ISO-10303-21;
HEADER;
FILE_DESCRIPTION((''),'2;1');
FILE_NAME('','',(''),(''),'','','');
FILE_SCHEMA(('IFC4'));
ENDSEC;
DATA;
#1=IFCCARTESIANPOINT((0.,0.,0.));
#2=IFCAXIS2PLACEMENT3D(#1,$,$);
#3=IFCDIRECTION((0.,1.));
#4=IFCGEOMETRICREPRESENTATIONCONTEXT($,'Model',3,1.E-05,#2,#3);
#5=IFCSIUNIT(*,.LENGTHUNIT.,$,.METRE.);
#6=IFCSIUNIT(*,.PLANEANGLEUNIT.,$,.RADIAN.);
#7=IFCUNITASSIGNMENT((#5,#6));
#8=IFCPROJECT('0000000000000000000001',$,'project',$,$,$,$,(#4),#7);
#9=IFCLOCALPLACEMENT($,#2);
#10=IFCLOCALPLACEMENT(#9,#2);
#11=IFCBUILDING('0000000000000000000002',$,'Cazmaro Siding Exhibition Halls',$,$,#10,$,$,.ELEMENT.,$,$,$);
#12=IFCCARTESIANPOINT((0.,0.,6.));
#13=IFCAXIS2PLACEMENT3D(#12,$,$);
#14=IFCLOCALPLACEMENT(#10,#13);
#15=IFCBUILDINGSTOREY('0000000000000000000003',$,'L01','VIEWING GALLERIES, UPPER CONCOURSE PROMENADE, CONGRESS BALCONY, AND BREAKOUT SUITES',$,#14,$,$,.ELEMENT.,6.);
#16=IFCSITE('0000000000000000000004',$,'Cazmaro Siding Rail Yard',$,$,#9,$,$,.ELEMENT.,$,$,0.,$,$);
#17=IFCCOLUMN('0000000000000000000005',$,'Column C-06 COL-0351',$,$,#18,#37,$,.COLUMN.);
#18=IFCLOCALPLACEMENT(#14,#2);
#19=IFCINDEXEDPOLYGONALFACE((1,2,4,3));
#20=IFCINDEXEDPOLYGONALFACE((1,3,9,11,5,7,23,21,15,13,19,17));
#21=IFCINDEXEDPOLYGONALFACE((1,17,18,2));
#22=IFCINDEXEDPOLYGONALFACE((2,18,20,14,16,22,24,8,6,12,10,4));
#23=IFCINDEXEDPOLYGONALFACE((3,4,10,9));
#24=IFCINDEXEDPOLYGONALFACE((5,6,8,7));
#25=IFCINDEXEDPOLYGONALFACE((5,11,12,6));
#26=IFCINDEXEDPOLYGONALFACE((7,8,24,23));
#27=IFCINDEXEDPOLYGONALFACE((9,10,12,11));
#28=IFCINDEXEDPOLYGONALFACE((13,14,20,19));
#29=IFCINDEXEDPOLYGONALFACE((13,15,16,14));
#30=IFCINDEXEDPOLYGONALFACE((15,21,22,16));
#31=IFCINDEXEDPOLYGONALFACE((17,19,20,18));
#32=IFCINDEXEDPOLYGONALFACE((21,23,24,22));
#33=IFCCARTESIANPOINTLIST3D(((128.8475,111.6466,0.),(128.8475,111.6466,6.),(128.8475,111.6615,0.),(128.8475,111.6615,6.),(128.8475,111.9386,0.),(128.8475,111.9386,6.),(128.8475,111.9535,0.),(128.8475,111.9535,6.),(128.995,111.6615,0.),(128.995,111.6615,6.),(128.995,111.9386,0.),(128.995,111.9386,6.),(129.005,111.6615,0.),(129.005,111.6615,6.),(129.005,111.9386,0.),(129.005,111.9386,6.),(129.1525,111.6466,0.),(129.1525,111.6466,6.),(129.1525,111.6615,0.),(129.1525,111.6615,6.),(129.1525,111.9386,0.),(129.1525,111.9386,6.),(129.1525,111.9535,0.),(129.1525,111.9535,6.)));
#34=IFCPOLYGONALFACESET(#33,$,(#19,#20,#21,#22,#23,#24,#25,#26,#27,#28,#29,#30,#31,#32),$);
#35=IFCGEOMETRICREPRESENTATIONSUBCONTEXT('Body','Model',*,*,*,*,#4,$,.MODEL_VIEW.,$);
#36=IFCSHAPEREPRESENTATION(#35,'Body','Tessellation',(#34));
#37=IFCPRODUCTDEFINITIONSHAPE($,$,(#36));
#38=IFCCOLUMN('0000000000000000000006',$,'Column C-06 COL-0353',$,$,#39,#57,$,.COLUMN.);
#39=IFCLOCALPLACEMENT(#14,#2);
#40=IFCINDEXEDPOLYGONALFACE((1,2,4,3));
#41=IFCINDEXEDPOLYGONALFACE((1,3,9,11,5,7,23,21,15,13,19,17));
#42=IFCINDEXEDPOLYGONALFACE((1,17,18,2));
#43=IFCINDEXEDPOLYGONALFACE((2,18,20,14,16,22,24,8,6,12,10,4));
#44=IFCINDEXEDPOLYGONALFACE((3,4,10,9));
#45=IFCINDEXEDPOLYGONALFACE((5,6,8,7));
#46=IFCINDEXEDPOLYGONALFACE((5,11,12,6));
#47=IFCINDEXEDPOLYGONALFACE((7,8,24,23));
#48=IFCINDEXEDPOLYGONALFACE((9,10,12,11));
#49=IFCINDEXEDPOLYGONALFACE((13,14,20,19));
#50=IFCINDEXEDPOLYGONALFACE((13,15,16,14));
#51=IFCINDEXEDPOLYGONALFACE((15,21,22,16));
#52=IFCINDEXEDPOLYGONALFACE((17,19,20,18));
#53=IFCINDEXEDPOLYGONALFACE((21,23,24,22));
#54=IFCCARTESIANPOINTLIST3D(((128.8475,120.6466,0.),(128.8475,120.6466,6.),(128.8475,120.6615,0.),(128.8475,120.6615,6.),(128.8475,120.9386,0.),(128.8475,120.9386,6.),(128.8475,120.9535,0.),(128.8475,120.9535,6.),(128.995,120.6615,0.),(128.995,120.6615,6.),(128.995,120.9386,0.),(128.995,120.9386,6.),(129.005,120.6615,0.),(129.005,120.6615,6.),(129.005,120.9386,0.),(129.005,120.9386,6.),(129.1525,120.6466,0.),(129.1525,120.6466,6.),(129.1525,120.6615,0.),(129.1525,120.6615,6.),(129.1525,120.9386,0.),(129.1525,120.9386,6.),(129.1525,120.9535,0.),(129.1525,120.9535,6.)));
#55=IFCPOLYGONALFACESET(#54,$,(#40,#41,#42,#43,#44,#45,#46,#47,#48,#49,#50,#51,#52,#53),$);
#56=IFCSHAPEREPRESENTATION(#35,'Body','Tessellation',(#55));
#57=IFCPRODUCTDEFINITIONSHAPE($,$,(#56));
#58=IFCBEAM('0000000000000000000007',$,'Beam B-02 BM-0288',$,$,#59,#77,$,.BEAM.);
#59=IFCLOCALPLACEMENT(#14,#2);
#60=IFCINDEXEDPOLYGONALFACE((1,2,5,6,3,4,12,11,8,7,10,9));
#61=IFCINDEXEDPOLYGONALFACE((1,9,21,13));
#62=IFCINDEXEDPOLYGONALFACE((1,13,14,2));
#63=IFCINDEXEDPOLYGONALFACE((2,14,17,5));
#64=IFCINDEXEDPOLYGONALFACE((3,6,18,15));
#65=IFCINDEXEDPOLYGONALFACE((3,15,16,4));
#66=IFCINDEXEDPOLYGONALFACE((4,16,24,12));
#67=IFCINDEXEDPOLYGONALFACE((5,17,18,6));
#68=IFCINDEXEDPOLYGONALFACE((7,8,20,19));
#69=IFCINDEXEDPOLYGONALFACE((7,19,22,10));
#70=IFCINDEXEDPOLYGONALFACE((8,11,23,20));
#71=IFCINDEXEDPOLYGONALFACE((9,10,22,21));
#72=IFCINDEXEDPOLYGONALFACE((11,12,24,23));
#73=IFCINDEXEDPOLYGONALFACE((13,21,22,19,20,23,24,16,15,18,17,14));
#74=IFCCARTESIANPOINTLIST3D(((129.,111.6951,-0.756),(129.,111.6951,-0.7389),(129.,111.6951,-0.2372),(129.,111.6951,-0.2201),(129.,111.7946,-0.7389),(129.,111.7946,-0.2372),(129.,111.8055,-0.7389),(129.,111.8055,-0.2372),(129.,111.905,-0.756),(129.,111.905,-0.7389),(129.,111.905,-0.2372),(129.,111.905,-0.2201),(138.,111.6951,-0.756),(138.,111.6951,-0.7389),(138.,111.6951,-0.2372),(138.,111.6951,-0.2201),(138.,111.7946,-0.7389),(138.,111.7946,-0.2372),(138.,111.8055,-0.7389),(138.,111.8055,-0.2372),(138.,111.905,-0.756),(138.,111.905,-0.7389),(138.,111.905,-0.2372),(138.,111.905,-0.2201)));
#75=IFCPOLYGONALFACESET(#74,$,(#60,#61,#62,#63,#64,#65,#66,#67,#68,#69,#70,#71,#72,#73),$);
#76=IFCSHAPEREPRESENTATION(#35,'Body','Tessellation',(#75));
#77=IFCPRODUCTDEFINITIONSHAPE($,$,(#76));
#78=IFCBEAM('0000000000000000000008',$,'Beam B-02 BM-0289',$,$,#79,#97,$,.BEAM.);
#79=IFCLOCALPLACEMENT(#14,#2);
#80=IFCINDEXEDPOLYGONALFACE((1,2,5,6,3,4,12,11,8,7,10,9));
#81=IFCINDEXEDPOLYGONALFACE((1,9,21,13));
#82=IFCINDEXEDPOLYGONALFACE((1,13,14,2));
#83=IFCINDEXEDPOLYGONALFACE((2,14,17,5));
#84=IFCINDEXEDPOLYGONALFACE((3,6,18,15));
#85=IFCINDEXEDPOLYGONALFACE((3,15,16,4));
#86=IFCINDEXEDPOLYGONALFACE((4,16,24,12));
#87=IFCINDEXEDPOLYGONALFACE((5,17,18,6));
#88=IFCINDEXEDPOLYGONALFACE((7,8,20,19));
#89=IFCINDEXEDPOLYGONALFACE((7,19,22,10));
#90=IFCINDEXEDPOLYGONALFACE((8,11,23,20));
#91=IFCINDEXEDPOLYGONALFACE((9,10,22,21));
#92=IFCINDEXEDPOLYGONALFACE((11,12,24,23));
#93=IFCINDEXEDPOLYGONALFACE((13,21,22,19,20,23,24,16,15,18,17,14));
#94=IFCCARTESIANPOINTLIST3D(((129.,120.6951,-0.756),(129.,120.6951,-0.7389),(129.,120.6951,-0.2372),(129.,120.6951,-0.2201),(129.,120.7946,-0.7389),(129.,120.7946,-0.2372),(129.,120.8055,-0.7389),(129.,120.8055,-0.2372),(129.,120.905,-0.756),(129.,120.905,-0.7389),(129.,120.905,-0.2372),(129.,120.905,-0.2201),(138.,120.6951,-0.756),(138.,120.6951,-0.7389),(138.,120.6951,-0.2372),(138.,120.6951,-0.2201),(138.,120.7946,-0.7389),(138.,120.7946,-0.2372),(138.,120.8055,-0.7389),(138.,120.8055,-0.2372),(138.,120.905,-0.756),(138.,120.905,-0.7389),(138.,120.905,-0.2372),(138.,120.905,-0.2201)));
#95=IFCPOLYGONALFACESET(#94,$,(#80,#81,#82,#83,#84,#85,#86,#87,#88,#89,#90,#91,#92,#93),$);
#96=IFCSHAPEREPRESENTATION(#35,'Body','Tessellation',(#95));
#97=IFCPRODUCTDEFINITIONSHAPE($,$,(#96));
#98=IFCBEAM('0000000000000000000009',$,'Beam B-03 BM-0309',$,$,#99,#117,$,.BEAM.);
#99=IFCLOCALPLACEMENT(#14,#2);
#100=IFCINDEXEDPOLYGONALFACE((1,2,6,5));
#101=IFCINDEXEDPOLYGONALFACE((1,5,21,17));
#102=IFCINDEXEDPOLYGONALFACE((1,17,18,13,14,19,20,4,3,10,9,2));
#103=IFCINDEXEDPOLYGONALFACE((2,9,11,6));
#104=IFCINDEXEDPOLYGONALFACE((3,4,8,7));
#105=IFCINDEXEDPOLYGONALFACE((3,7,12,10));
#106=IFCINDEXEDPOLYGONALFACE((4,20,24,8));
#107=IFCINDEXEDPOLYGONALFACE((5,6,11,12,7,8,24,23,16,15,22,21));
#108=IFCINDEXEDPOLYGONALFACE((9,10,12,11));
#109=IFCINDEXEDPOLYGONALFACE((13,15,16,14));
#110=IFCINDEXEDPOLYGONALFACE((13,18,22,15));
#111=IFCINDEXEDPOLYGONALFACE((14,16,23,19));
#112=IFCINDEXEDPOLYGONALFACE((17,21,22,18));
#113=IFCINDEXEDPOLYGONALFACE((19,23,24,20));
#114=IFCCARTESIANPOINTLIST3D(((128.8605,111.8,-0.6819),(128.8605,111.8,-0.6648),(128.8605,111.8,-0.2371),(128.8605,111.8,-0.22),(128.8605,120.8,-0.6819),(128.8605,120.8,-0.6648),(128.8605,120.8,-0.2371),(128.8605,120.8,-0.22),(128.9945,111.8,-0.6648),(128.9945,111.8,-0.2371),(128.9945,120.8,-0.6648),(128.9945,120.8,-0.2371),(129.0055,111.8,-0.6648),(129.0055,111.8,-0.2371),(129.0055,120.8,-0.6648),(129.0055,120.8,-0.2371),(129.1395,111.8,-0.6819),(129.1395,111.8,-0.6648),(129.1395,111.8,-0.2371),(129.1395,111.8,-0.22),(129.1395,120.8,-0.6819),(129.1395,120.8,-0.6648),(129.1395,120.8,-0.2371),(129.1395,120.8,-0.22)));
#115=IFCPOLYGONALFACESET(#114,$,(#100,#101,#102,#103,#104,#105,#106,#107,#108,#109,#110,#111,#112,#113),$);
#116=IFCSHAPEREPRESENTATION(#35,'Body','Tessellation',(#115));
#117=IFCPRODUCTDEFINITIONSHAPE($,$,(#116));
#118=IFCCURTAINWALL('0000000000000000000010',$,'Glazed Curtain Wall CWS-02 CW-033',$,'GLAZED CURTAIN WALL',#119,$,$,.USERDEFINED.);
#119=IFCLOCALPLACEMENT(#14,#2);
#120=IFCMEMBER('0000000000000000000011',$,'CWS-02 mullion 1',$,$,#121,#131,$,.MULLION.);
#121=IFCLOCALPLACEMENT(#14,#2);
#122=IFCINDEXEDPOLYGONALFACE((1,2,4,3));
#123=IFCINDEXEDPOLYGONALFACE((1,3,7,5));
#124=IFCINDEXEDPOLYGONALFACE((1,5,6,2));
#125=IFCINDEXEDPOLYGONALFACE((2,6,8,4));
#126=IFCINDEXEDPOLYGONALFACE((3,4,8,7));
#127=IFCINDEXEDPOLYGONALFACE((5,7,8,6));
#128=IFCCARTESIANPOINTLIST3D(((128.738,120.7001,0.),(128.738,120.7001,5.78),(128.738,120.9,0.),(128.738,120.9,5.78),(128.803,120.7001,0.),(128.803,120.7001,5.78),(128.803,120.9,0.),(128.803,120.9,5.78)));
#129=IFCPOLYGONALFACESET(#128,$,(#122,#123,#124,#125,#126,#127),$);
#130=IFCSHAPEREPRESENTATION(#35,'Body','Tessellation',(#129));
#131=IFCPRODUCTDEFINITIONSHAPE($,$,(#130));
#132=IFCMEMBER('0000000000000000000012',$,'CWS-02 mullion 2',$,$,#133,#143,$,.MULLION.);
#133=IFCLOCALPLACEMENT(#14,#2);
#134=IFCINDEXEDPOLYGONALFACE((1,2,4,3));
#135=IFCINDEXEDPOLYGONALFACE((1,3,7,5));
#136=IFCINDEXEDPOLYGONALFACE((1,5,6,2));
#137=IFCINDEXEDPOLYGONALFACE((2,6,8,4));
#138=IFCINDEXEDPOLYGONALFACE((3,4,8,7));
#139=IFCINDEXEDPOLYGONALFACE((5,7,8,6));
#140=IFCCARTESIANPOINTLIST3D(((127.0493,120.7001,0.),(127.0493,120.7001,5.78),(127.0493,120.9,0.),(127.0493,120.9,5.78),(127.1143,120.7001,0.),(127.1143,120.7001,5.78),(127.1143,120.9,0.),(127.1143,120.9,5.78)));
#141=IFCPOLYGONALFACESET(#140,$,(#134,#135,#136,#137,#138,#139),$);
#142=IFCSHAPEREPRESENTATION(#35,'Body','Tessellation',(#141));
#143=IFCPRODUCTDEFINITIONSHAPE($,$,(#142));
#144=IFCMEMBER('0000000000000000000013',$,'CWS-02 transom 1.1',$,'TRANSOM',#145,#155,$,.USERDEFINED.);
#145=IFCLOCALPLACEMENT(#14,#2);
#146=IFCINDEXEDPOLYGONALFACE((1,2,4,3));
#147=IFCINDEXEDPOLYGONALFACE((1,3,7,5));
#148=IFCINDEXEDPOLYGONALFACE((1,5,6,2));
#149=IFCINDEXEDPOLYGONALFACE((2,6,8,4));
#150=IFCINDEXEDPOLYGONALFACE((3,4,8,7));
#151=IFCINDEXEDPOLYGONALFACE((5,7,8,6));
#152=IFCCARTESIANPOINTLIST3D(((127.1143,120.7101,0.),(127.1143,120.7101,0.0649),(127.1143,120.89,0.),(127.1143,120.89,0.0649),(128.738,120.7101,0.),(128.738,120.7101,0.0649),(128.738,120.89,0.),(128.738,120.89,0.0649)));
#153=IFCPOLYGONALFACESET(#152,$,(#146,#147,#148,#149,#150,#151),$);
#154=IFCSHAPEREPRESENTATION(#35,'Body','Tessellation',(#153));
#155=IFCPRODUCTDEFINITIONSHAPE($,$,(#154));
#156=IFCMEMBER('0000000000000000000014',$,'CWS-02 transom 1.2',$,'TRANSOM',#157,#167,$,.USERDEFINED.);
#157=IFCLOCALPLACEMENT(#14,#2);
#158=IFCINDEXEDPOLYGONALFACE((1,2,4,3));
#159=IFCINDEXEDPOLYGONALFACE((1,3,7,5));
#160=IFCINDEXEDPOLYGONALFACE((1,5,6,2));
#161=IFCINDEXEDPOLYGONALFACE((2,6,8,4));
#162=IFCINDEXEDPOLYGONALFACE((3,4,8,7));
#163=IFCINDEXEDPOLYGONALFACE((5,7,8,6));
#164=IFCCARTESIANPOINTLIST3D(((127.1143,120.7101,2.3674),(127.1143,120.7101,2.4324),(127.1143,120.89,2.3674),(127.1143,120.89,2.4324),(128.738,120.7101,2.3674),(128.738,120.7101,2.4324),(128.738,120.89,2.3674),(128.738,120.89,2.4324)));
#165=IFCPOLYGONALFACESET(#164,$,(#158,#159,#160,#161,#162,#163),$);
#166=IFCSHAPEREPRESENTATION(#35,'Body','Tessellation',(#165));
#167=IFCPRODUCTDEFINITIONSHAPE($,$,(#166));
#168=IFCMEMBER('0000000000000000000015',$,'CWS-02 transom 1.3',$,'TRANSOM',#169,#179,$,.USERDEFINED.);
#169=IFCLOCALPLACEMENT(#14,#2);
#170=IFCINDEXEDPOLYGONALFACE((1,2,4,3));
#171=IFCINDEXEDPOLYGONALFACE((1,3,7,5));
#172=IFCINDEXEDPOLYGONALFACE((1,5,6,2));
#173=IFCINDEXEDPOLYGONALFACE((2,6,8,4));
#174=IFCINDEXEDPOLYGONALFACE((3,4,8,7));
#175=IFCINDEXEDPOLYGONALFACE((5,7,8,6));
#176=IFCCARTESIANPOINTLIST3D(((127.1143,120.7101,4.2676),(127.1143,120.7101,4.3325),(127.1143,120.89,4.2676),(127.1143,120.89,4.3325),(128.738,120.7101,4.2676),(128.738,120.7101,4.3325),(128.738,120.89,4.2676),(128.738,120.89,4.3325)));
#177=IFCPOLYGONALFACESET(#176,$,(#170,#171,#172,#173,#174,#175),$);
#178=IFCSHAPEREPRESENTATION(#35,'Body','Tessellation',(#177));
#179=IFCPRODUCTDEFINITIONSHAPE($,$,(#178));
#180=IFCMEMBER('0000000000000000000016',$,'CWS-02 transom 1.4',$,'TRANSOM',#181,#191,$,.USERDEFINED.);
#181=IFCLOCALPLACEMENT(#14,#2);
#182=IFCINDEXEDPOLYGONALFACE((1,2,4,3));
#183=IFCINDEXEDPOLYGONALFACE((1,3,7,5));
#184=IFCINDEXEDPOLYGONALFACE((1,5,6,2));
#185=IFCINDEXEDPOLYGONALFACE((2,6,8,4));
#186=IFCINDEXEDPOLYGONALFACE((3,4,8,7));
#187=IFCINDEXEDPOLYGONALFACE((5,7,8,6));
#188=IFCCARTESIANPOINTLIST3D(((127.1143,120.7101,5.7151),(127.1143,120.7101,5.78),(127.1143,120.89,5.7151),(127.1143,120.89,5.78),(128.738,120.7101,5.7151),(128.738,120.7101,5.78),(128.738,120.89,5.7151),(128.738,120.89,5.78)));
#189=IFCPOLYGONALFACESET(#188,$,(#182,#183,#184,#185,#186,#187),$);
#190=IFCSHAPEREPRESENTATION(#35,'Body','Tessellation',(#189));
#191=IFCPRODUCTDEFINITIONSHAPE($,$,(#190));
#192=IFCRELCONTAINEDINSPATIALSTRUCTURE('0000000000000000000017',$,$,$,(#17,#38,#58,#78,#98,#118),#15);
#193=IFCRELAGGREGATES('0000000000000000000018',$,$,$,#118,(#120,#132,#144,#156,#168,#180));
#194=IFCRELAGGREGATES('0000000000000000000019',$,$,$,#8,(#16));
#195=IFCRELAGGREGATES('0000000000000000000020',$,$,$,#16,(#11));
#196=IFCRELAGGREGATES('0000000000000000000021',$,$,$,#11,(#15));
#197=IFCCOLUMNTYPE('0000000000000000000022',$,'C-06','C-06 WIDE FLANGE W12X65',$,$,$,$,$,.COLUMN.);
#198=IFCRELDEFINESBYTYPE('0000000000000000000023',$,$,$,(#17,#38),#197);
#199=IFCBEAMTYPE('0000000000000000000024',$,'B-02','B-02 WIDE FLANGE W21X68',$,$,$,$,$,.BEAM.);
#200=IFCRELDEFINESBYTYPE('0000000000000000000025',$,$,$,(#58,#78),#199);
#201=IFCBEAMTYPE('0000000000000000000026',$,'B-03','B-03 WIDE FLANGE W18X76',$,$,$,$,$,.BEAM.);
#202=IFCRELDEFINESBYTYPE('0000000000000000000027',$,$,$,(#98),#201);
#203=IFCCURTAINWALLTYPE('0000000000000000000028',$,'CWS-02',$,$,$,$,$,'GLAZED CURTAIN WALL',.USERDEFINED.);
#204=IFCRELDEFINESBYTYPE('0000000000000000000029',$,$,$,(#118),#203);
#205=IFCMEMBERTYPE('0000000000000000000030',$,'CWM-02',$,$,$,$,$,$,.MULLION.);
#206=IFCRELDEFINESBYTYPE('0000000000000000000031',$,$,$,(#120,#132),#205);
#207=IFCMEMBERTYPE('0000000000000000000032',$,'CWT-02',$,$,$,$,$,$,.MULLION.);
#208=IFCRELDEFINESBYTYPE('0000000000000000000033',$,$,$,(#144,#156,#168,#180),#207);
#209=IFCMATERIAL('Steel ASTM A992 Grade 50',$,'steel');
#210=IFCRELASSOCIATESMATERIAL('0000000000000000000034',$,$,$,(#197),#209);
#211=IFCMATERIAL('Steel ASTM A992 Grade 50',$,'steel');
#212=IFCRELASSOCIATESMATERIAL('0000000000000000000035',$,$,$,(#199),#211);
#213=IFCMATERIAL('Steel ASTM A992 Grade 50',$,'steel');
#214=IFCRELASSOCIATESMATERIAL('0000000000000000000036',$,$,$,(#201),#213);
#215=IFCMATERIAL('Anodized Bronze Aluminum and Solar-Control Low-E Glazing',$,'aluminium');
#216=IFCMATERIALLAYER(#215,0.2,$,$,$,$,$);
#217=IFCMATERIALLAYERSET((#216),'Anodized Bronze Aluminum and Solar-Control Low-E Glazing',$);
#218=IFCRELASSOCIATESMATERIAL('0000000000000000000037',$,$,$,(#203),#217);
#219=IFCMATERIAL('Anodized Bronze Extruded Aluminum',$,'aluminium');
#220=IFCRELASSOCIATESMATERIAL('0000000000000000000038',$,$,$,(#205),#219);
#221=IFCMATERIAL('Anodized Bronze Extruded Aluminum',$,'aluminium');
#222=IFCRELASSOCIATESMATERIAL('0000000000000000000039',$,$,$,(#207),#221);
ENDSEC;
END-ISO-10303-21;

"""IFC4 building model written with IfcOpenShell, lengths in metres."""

from ifc_helpers import new_model, si_unit, direction, frame, origin, origin_2d, place, context, subcontext, project, spatial, rectangle, i_section, extrude, material, layer, layer_set, material_profile, profile_set, type_object, element, aggregate, save


model = new_model("IFC4")

# Units and contexts
model_context = context("Model", 3, precision=1e-05, world=origin(), true_north=direction((0.0, 1.0)))
body_context = subcontext(model_context, "Body", "Model", "MODEL_VIEW")
ifc_project = project(units=[si_unit("LENGTHUNIT", "METRE"), si_unit("PLANEANGLEUNIT", "RADIAN")], contexts=[model_context])

# Site, building, storey
site_placement = place(None, origin())
site = spatial("IfcSite", under=ifc_project, at=site_placement, Name="Cazmaro Siding Rail Yard", CompositionType="ELEMENT", RefElevation=0.0)
building_placement = place(site_placement, origin())
building = spatial("IfcBuilding", under=site, at=building_placement, Name="Cazmaro Siding Exhibition Halls", CompositionType="ELEMENT")
storey_placement = place(building_placement, frame((0.0, 0.0, 6.0)))
storey = spatial("IfcBuildingStorey", under=building, at=storey_placement, Name="L01", Description="VIEWING GALLERIES, UPPER CONCOURSE PROMENADE, CONGRESS BALCONY, AND BREAKOUT SUITES", CompositionType="ELEMENT", Elevation=6.0)

# Columns
ifc_material_1 = material(Name="Steel ASTM A992 Grade 50", Category="steel")
ifc_material_profile_1 = material_profile(ifc_material_1, i_section(OverallWidth=0.3049, OverallDepth=0.3069, WebThickness=0.01, FlangeThickness=0.0149, at=origin_2d()), Name="W12X65")
ifc_profile_set_1 = profile_set([ifc_material_profile_1], Name="Steel ASTM A992 Grade 50")
column_type = type_object("IfcColumnType", Name="C-06", Description="C-06 WIDE FLANGE W12X65", PredefinedType="COLUMN", material=ifc_profile_set_1)
for number, where, z_axis, x_axis, name in (
    (1, (129.0, 111.8, 0.0), (0.0, 0.0, 1.0), (1.0, 0.0, 0.0), "Column C-06 COL-0351"),
    (2, (129.0, 120.8, 0.0), (0.0, 0.0, 1.0), (1.0, 0.0, 0.0), "Column C-06 COL-0353"),
):
    element("IfcColumn", number, at=place(storey_placement, frame(where, z_axis=z_axis, x_axis=x_axis)), inside=storey, type_object=column_type, Name=name, PredefinedType="COLUMN", context=body_context, shape_type="SweptSolid", body=[
        extrude(i_section(OverallWidth=0.3049, OverallDepth=0.3069, WebThickness=0.01, FlangeThickness=0.0149, at=origin_2d()), origin(), (0.0, 0.0, 1.0), 6.0),
    ])

# Beams
ifc_material_2 = material(Name="Steel ASTM A992 Grade 50", Category="steel")
ifc_material_profile_2 = material_profile(ifc_material_2, i_section(OverallWidth=0.21, OverallDepth=0.5359, WebThickness=0.011, FlangeThickness=0.0171, at=origin_2d()), Name="W21X68")
ifc_profile_set_2 = profile_set([ifc_material_profile_2], Name="Steel ASTM A992 Grade 50")
beam_type_1 = type_object("IfcBeamType", Name="B-02", Description="B-02 WIDE FLANGE W21X68", PredefinedType="BEAM", material=ifc_profile_set_2)
for number, where, z_axis, x_axis, name in (
    (3, (129.0, 111.8, -0.488), (1.0, 0.0, 0.0), (0.0, 1.0, 0.0), "Beam B-02 BM-0288"),
    (4, (129.0, 120.8, -0.488), (1.0, 0.0, 0.0), (0.0, 1.0, 0.0), "Beam B-02 BM-0289"),
):
    element("IfcBeam", number, at=place(storey_placement, frame(where, z_axis=z_axis, x_axis=x_axis)), inside=storey, type_object=beam_type_1, Name=name, PredefinedType="BEAM", context=body_context, shape_type="SweptSolid", body=[
        extrude(i_section(OverallWidth=0.21, OverallDepth=0.5359, WebThickness=0.011, FlangeThickness=0.0171, at=origin_2d()), origin(), (0.0, 0.0, 1.0), 9.0),
    ])
ifc_material_3 = material(Name="Steel ASTM A992 Grade 50", Category="steel")
ifc_material_profile_3 = material_profile(ifc_material_3, i_section(OverallWidth=0.2791, OverallDepth=0.4619, WebThickness=0.011, FlangeThickness=0.0171, at=origin_2d()), Name="W18X76")
ifc_profile_set_3 = profile_set([ifc_material_profile_3], Name="Steel ASTM A992 Grade 50")
beam_type_2 = type_object("IfcBeamType", Name="B-03", Description="B-03 WIDE FLANGE W18X76", PredefinedType="BEAM", material=ifc_profile_set_3)
beam_1_placement = place(storey_placement, frame((129.0, 111.8, -0.4509), z_axis=(0.0, 1.0, 0.0), x_axis=(-1.0, 0.0, 0.0)))
element("IfcBeam", 5, at=beam_1_placement, inside=storey, type_object=beam_type_2, Name="Beam B-03 BM-0309", PredefinedType="BEAM", context=body_context, shape_type="SweptSolid", body=[
    extrude(i_section(OverallWidth=0.2791, OverallDepth=0.4619, WebThickness=0.011, FlangeThickness=0.0171, at=origin_2d()), origin(), (0.0, 0.0, 1.0), 9.0),
])

# Curtain wall, members
ifc_material_4 = material(Name="Anodized Bronze Aluminum and Solar-Control Low-E Glazing", Category="aluminium")
ifc_layer_1 = layer(ifc_material_4, 0.2)
ifc_layer_set_1 = layer_set([ifc_layer_1], Name="Anodized Bronze Aluminum and Solar-Control Low-E Glazing")
curtain_wall_type = type_object("IfcCurtainWallType", Name="CWS-02", ElementType="GLAZED CURTAIN WALL", PredefinedType="USERDEFINED", material=ifc_layer_set_1)
curtain_wall_placement = place(storey_placement, origin())
curtain_wall = element("IfcCurtainWall", 6, at=curtain_wall_placement, inside=storey, type_object=curtain_wall_type, Name="Glazed Curtain Wall CWS-02 CW-033", ObjectType="GLAZED CURTAIN WALL", PredefinedType="USERDEFINED")
ifc_material_5 = material(Name="Anodized Bronze Extruded Aluminum", Category="aluminium")
ifc_material_profile_4 = material_profile(ifc_material_5, rectangle(XDim=0.2, YDim=0.0649, at=origin_2d()), Name="CWM-02")
ifc_profile_set_4 = profile_set([ifc_material_profile_4], Name="Anodized Bronze Extruded Aluminum")
member_type_1 = type_object("IfcMemberType", Name="CWM-02", PredefinedType="MULLION", material=ifc_profile_set_4)
member_1_placement = place(storey_placement, frame((128.7705, 120.8, 0.0), z_axis=(0.0, 0.0, 1.0), x_axis=(0.0, -1.0, 0.0)))
member_1 = element("IfcMember", 7, at=member_1_placement, type_object=member_type_1, Name="CWS-02 mullion 1", PredefinedType="MULLION", context=body_context, shape_type="SweptSolid", body=[
    extrude(rectangle(XDim=0.2, YDim=0.0649, at=origin_2d()), origin(), (0.0, 0.0, 1.0), 5.78),
])
member_2_placement = place(storey_placement, frame((127.0818, 120.8, 0.0), z_axis=(0.0, 0.0, 1.0), x_axis=(0.0, -1.0, 0.0)))
member_2 = element("IfcMember", 8, at=member_2_placement, type_object=member_type_1, Name="CWS-02 mullion 2", PredefinedType="MULLION", context=body_context, shape_type="SweptSolid", body=[
    extrude(rectangle(XDim=0.2, YDim=0.0649, at=origin_2d()), origin(), (0.0, 0.0, 1.0), 5.78),
])
ifc_material_6 = material(Name="Anodized Bronze Extruded Aluminum", Category="aluminium")
ifc_material_profile_5 = material_profile(ifc_material_6, rectangle(XDim=0.1799, YDim=0.0649, at=origin_2d()), Name="CWT-02")
ifc_profile_set_5 = profile_set([ifc_material_profile_5], Name="Anodized Bronze Extruded Aluminum")
member_type_2 = type_object("IfcMemberType", Name="CWT-02", PredefinedType="MULLION", material=ifc_profile_set_5)
member_3_placement = place(storey_placement, frame((128.738, 120.8, 0.0325), z_axis=(-1.0, 0.0, 0.0), x_axis=(0.0, -1.0, 0.0)))
member_3 = element("IfcMember", 9, at=member_3_placement, type_object=member_type_2, Name="CWS-02 transom 1.1", ObjectType="TRANSOM", PredefinedType="USERDEFINED", context=body_context, shape_type="SweptSolid", body=[
    extrude(rectangle(XDim=0.1799, YDim=0.0649, at=origin_2d()), origin(), (0.0, 0.0, 1.0), 1.6238),
])
member_4_placement = place(storey_placement, frame((128.738, 120.8, 2.3999), z_axis=(-1.0, 0.0, 0.0), x_axis=(0.0, -1.0, 0.0)))
member_4 = element("IfcMember", 10, at=member_4_placement, type_object=member_type_2, Name="CWS-02 transom 1.2", ObjectType="TRANSOM", PredefinedType="USERDEFINED", context=body_context, shape_type="SweptSolid", body=[
    extrude(rectangle(XDim=0.1799, YDim=0.0649, at=origin_2d()), origin(), (0.0, 0.0, 1.0), 1.6238),
])
member_5_placement = place(storey_placement, frame((128.738, 120.8, 4.3), z_axis=(-1.0, 0.0, 0.0), x_axis=(0.0, -1.0, 0.0)))
member_5 = element("IfcMember", 11, at=member_5_placement, type_object=member_type_2, Name="CWS-02 transom 1.3", ObjectType="TRANSOM", PredefinedType="USERDEFINED", context=body_context, shape_type="SweptSolid", body=[
    extrude(rectangle(XDim=0.1799, YDim=0.0649, at=origin_2d()), origin(), (0.0, 0.0, 1.0), 1.6238),
])
member_6_placement = place(storey_placement, frame((128.738, 120.8, 5.7476), z_axis=(-1.0, 0.0, 0.0), x_axis=(0.0, -1.0, 0.0)))
member_6 = element("IfcMember", 12, at=member_6_placement, type_object=member_type_2, Name="CWS-02 transom 1.4", ObjectType="TRANSOM", PredefinedType="USERDEFINED", context=body_context, shape_type="SweptSolid", body=[
    extrude(rectangle(XDim=0.1799, YDim=0.0649, at=origin_2d()), origin(), (0.0, 0.0, 1.0), 1.6238),
])

aggregate(curtain_wall, [member_1, member_2, member_3, member_4, member_5, member_6])

save(model, "model.ifc")
